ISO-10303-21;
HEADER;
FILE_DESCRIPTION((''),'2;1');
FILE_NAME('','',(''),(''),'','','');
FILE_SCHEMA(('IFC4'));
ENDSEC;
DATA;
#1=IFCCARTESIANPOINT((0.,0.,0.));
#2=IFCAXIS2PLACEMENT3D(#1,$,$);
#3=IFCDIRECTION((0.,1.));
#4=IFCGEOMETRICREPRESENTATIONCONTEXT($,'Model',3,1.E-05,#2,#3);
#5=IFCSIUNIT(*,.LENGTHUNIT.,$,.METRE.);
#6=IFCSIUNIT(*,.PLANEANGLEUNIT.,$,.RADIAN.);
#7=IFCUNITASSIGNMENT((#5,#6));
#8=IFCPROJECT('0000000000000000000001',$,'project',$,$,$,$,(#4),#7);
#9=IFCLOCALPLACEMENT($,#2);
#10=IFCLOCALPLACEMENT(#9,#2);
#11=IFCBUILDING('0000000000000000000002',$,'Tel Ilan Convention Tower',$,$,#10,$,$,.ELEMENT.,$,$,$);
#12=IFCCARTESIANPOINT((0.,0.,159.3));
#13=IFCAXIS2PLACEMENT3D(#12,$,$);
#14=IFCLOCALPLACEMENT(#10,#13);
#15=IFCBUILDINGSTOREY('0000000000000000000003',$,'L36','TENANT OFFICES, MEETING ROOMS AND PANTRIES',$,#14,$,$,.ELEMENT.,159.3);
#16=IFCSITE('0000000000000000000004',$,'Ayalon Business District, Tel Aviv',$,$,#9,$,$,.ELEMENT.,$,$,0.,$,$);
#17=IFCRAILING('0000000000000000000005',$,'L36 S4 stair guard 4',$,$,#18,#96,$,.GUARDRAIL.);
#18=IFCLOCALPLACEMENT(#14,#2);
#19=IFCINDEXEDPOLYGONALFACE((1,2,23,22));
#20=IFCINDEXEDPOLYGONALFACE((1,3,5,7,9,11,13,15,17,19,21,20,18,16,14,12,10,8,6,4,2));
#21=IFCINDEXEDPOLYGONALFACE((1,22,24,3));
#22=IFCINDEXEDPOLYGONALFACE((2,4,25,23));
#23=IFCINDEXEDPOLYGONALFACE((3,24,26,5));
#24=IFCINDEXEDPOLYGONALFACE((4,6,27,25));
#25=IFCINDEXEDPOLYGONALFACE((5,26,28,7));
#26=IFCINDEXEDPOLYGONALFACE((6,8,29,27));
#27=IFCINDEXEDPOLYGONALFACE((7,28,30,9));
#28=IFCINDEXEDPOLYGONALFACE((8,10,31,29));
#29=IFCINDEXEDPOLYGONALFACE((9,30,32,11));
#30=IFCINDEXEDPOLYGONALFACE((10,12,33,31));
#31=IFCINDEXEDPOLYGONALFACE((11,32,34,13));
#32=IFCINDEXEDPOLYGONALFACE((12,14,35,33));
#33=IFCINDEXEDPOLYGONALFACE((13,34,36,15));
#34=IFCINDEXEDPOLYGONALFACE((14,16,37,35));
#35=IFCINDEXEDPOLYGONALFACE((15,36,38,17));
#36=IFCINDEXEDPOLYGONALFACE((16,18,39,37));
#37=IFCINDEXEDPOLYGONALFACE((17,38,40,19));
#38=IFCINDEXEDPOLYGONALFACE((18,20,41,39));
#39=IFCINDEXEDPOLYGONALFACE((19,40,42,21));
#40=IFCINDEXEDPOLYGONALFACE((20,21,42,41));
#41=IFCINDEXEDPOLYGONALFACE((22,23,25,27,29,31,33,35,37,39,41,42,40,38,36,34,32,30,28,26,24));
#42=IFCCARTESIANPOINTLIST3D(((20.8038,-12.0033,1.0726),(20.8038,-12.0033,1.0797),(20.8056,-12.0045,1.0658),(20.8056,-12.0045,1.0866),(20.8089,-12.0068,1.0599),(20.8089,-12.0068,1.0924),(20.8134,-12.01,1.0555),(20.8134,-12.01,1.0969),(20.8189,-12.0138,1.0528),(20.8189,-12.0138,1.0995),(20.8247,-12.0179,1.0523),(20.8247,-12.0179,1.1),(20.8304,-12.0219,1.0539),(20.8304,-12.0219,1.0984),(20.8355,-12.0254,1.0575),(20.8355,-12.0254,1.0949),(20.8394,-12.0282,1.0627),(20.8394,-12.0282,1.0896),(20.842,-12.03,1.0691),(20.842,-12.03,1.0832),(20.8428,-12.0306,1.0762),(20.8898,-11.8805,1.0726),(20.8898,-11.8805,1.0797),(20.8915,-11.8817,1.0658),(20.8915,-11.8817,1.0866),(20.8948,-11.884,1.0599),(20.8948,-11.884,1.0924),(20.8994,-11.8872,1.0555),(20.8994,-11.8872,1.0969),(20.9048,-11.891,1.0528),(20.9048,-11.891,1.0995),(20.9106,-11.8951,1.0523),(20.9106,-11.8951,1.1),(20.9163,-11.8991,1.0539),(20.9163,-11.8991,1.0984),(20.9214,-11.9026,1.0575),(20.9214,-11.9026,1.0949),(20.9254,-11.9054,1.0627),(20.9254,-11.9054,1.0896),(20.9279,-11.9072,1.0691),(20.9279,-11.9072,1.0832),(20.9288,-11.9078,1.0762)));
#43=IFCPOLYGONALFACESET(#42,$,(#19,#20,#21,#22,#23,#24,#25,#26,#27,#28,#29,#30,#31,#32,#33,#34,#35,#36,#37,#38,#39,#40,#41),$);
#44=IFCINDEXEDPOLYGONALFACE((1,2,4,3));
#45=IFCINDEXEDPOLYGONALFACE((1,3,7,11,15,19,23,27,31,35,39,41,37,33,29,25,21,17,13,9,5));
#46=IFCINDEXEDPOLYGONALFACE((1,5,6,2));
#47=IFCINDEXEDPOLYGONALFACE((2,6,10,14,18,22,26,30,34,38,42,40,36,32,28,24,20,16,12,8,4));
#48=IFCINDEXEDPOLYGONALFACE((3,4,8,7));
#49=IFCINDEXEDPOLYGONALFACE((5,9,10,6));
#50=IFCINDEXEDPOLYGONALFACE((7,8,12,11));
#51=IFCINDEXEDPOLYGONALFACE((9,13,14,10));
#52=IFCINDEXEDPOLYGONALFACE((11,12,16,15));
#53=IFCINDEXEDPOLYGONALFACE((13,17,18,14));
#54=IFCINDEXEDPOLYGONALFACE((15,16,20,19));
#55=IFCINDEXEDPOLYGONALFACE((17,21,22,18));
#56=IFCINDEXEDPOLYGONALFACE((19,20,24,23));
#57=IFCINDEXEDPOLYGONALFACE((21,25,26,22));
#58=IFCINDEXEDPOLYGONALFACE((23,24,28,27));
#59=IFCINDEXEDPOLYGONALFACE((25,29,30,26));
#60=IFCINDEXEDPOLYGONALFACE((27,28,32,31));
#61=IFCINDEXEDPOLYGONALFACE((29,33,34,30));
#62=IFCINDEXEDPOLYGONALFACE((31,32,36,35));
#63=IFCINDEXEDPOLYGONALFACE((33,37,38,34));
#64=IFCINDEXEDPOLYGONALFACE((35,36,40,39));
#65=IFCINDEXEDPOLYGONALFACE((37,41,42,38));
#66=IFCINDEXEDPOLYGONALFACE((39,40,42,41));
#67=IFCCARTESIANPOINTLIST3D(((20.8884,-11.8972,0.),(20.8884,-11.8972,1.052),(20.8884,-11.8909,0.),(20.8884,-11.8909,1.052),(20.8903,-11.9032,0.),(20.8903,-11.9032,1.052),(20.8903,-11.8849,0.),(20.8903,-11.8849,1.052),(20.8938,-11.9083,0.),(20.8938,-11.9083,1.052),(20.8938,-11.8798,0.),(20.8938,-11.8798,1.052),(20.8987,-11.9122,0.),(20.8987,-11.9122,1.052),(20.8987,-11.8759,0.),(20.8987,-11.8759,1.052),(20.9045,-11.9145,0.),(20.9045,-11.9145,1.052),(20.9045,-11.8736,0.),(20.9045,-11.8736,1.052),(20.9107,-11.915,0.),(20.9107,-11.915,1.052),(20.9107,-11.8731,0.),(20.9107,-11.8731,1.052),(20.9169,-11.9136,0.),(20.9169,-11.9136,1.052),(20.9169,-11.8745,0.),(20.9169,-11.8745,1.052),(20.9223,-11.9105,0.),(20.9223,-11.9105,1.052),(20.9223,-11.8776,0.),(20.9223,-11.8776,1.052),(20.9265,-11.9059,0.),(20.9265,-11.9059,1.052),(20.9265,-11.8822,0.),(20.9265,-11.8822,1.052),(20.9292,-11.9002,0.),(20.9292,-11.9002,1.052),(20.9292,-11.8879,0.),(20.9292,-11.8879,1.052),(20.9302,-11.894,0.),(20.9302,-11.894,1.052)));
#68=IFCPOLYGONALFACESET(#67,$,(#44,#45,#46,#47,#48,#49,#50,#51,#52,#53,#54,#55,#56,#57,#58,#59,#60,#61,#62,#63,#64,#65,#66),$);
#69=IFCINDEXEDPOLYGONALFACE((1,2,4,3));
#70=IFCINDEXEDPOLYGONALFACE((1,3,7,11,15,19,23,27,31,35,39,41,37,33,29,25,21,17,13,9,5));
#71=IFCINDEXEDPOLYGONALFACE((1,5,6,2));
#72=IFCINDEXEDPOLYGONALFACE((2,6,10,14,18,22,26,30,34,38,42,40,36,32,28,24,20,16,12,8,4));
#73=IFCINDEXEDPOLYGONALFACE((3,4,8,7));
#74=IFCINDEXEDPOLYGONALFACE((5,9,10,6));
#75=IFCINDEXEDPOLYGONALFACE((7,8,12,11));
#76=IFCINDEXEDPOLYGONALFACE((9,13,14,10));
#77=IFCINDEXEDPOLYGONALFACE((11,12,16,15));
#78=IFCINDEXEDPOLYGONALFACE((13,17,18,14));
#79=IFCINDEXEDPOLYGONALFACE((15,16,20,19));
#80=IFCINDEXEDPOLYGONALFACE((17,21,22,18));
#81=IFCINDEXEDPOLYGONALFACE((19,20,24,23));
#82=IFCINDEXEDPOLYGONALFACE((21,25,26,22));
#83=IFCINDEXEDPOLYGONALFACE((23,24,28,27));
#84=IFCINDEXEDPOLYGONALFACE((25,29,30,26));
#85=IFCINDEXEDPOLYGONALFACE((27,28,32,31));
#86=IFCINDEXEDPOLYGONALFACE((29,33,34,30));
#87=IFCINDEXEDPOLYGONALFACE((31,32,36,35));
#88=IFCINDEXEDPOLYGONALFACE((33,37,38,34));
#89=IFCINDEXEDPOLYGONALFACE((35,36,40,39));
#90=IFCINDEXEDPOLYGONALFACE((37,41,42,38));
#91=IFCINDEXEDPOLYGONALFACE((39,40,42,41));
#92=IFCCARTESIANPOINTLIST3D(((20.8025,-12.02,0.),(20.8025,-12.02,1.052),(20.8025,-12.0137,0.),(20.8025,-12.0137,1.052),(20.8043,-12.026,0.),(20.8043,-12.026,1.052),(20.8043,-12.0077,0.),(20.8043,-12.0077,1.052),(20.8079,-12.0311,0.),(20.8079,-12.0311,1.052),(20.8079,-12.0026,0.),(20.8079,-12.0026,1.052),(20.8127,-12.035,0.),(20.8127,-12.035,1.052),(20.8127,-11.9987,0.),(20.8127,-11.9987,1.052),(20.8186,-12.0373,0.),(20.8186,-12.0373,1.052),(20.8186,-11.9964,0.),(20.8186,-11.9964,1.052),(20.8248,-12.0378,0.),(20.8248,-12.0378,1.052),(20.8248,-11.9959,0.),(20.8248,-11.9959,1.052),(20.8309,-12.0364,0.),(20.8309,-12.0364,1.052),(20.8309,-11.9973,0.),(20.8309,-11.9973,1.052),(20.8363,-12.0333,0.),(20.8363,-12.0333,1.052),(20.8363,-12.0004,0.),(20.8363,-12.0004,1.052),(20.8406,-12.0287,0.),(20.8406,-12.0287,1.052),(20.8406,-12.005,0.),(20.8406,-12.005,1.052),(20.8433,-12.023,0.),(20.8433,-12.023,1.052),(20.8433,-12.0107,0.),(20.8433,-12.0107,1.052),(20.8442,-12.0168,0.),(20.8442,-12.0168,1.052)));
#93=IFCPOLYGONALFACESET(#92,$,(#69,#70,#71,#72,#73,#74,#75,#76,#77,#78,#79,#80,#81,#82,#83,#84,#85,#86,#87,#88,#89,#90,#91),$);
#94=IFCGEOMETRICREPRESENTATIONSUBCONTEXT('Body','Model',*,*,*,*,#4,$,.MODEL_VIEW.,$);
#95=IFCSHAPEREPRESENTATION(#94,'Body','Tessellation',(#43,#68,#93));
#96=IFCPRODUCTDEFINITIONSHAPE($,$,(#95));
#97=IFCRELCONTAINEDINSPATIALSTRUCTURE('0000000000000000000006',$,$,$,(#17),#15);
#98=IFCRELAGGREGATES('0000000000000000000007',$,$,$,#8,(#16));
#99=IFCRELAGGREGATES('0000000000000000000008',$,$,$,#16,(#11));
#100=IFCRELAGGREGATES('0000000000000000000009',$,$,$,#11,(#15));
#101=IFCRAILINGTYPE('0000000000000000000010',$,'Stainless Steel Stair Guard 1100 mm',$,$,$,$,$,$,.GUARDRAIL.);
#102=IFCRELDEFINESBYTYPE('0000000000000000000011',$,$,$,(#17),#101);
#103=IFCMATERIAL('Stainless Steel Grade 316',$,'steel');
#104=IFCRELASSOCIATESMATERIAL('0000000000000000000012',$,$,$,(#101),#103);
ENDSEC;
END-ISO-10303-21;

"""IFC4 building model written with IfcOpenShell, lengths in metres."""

from ifc_helpers import new_model, si_unit, direction, frame, origin, origin_2d, place, context, subcontext, project, spatial, circle, extrude, material, type_object, element, save


model = new_model("IFC4")

# Units and contexts
model_context = context("Model", 3, precision=1e-05, world=origin(), true_north=direction((0.0, 1.0)))
body_context = subcontext(model_context, "Body", "Model", "MODEL_VIEW")
ifc_project = project(units=[si_unit("LENGTHUNIT", "METRE"), si_unit("PLANEANGLEUNIT", "RADIAN")], contexts=[model_context])

# Site, building, storey
site_placement = place(None, origin())
site = spatial("IfcSite", under=ifc_project, at=site_placement, Name="Ayalon Business District, Tel Aviv", CompositionType="ELEMENT", RefElevation=0.0)
building_placement = place(site_placement, origin())
building = spatial("IfcBuilding", under=site, at=building_placement, Name="Tel Ilan Convention Tower", CompositionType="ELEMENT")
storey_placement = place(building_placement, frame((0.0, 0.0, 159.3)))
storey = spatial("IfcBuildingStorey", under=building, at=storey_placement, Name="L36", Description="TENANT OFFICES, MEETING ROOMS AND PANTRIES", CompositionType="ELEMENT", Elevation=159.3)

# Railing
ifc_material_1 = material(Name="Stainless Steel Grade 316", Category="steel")
railing_type_1 = type_object("IfcRailingType", Name="Stainless Steel Stair Guard 1100 mm", PredefinedType="GUARDRAIL", material=ifc_material_1)
railing_1_placement = place(storey_placement, frame((20.9092, -11.894, 0.0)))
element("IfcRailing", 1, at=railing_1_placement, inside=storey, type_object=railing_type_1, Name="L36 S4 stair guard 4", PredefinedType="GUARDRAIL", context=body_context, shape_type="SweptSolid", body=[
    extrude(circle(Radius=0.0239, at=origin_2d()), frame((0.0, 0.0, 1.0762), z_axis=(-0.573353, -0.819308, 0.0), x_axis=(0.819308, -0.573353, 0.0)), (0.0, 0.0, 1.0), 0.1499),
    extrude(circle(Radius=0.021, at=origin_2d()), origin(), (0.0, 0.0, 1.0), 1.052),
    extrude(circle(Radius=0.021, at=origin_2d()), frame((-0.0859, -0.1228, 0.0)), (0.0, 0.0, 1.0), 1.052),
])

save(model, "model.ifc")
